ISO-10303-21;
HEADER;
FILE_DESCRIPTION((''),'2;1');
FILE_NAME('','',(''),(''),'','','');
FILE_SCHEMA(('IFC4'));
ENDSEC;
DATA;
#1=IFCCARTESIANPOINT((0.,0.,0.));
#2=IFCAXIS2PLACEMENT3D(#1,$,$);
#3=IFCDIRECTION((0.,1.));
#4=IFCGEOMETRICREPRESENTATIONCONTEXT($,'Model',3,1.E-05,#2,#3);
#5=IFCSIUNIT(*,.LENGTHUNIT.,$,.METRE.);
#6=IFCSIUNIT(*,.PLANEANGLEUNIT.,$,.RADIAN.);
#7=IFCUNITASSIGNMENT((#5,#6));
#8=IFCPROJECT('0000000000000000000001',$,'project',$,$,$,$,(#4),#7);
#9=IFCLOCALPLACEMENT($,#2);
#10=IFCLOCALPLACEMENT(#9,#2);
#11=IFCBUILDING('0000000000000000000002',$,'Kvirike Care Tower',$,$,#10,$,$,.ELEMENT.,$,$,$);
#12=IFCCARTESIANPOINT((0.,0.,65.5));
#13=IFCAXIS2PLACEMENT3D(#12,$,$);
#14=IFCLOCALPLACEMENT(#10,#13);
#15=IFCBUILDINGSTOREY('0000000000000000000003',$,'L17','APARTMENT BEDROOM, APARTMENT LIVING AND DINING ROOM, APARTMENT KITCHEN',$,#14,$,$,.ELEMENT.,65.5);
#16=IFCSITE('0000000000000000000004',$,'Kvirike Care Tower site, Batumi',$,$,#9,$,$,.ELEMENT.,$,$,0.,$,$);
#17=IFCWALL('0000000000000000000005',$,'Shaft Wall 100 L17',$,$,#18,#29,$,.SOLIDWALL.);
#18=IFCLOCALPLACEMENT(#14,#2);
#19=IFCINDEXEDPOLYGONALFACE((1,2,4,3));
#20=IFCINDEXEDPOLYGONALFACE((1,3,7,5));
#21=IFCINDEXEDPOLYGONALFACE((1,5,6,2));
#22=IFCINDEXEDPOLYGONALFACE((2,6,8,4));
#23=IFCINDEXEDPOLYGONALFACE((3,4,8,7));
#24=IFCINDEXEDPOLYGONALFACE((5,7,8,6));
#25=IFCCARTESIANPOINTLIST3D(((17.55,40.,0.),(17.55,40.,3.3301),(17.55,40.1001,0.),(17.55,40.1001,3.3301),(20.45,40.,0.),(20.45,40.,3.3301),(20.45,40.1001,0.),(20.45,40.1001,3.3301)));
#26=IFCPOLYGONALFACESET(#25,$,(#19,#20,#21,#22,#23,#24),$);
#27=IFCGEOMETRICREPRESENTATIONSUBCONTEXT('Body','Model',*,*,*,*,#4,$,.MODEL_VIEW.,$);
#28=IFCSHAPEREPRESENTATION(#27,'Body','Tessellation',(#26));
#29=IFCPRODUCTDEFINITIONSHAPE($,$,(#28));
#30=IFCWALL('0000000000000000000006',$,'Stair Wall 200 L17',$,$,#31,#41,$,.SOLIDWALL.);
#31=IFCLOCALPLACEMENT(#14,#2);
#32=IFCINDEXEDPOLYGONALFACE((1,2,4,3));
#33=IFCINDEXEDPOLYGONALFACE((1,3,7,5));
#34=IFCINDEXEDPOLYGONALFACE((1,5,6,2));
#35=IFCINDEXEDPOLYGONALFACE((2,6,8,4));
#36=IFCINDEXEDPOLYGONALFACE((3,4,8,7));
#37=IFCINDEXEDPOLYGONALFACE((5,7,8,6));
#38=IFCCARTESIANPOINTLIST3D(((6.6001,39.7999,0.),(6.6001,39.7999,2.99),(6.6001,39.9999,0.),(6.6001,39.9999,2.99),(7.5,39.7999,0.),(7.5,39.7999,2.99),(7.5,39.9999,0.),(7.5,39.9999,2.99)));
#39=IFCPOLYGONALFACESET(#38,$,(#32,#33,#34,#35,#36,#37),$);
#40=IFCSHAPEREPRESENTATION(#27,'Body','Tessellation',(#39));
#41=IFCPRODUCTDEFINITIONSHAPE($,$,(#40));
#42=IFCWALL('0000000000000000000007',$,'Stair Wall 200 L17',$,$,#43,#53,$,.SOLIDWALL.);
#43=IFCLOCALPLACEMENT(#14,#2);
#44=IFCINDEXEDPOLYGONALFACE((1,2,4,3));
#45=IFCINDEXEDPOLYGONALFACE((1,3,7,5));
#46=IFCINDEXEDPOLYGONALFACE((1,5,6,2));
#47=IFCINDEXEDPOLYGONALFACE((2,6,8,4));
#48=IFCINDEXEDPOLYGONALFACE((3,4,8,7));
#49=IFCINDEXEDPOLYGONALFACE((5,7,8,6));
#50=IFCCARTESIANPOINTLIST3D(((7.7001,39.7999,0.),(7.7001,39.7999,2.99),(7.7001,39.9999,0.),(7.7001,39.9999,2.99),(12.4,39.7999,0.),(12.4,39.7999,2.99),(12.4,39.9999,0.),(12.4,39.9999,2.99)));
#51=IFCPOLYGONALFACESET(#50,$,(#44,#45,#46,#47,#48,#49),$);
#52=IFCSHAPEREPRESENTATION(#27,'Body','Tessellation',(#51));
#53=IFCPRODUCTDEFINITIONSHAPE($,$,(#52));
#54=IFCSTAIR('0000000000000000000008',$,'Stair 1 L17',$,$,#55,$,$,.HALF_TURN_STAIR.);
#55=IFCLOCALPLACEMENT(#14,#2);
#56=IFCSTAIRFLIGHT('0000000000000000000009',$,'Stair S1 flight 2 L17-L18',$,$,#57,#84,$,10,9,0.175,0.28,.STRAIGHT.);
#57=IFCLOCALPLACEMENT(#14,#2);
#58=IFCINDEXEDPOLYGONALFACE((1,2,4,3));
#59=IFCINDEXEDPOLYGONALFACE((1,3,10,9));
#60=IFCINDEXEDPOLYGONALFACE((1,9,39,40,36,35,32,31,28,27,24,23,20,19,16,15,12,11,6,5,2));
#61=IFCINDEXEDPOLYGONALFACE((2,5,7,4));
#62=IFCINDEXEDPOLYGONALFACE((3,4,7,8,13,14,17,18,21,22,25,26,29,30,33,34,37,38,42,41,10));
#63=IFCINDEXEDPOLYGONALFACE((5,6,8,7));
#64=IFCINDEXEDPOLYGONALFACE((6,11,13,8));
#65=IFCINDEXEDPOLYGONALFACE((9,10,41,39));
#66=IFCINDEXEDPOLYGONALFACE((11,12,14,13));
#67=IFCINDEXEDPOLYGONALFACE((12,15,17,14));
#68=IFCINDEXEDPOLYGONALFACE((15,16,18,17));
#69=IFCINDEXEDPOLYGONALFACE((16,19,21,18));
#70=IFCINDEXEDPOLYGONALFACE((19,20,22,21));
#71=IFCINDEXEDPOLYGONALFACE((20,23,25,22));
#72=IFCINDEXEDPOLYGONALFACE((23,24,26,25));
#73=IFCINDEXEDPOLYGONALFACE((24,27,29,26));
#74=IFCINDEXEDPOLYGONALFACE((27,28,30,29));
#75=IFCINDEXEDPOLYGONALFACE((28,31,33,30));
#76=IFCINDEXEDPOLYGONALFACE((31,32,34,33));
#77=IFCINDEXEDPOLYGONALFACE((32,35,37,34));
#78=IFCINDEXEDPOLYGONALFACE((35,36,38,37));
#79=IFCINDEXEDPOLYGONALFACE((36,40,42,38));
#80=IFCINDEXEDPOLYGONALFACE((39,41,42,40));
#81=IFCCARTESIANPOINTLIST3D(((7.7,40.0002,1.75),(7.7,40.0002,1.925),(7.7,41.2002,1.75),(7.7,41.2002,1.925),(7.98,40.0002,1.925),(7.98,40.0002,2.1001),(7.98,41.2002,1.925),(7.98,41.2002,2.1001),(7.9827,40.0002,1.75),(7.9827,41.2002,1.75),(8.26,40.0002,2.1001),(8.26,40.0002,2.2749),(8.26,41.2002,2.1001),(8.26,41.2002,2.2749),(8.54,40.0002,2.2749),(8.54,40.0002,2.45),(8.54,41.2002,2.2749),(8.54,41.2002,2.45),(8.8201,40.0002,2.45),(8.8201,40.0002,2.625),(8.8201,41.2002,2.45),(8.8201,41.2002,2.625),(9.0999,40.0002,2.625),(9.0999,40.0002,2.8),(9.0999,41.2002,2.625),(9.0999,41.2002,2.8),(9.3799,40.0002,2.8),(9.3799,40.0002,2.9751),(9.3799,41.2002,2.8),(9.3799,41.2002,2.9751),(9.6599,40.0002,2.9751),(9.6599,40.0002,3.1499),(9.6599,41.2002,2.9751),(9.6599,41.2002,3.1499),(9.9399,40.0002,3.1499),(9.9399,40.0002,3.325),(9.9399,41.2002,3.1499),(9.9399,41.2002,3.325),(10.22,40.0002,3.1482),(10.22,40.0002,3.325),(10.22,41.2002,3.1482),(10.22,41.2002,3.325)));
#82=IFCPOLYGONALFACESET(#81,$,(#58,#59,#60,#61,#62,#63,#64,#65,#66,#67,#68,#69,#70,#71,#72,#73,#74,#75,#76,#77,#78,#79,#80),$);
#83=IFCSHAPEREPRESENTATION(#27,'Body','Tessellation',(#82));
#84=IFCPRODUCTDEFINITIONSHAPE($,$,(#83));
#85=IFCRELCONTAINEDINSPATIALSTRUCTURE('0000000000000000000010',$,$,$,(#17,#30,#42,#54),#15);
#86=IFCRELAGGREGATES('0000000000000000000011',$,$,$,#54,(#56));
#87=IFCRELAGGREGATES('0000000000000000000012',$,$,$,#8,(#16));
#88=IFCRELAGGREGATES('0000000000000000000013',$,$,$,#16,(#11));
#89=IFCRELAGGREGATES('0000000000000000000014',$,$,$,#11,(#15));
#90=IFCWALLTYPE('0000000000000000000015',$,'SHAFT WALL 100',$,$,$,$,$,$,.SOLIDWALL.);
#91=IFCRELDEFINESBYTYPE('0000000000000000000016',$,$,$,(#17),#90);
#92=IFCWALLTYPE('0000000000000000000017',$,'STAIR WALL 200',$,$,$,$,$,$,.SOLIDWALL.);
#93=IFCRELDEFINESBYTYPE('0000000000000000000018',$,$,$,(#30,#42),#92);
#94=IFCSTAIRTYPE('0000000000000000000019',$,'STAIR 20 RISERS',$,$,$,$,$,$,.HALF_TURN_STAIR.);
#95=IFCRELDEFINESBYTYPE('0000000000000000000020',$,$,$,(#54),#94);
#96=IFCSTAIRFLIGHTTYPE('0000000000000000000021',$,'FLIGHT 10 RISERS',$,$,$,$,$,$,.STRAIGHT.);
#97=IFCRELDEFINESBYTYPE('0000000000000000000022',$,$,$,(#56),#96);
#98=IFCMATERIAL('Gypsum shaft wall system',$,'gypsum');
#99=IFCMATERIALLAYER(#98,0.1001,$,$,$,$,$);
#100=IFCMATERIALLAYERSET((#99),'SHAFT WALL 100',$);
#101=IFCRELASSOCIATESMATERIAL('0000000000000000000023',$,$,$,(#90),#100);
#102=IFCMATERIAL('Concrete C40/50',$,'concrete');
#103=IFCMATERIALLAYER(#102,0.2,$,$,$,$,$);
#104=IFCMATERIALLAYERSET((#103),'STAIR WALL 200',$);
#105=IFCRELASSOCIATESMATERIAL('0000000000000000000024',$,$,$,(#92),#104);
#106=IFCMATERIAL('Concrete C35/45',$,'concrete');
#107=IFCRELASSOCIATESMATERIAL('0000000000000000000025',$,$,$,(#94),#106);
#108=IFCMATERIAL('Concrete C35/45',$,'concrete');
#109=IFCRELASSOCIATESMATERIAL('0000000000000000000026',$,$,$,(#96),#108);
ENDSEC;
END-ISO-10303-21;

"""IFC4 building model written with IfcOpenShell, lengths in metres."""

from ifc_helpers import new_model, si_unit, direction, frame, frame_2d, origin, place, context, subcontext, project, spatial, polyline, rectangle, outline, extrude, material, layer, layer_set, type_object, element, aggregate, save


model = new_model("IFC4")

# Units and contexts
model_context = context("Model", 3, precision=1e-05, world=origin(), true_north=direction((0.0, 1.0)))
body_context = subcontext(model_context, "Body", "Model", "MODEL_VIEW")
ifc_project = project(units=[si_unit("LENGTHUNIT", "METRE"), si_unit("PLANEANGLEUNIT", "RADIAN")], contexts=[model_context])

# Site, building, storey
site_placement = place(None, origin())
site = spatial("IfcSite", under=ifc_project, at=site_placement, Name="Kvirike Care Tower site, Batumi", CompositionType="ELEMENT", RefElevation=0.0)
building_placement = place(site_placement, origin())
building = spatial("IfcBuilding", under=site, at=building_placement, Name="Kvirike Care Tower", CompositionType="ELEMENT")
storey_placement = place(building_placement, frame((0.0, 0.0, 65.5)))
storey = spatial("IfcBuildingStorey", under=building, at=storey_placement, Name="L17", Description="APARTMENT BEDROOM, APARTMENT LIVING AND DINING ROOM, APARTMENT KITCHEN", CompositionType="ELEMENT", Elevation=65.5)

# Shared definitions
ifc_material_1 = material(Name="Gypsum shaft wall system", Category="gypsum")
ifc_layer_1 = layer(ifc_material_1, 0.1001)
ifc_layer_set_1 = layer_set([ifc_layer_1], Name="SHAFT WALL 100")
wall_type_1 = type_object("IfcWallType", Name="SHAFT WALL 100", PredefinedType="SOLIDWALL", material=ifc_layer_set_1)

# Walls
wall_1_placement = place(storey_placement, frame((17.55, 40.05, 0.0), z_axis=(0.0, 0.0, 1.0), x_axis=(1.0, 0.0, 0.0)))
element("IfcWall", 1, at=wall_1_placement, inside=storey, type_object=wall_type_1, Name="Shaft Wall 100 L17", PredefinedType="SOLIDWALL", context=body_context, shape_type="SweptSolid", body=[
    extrude(rectangle(XDim=2.8999, YDim=0.1001, at=frame_2d((1.45, 0.0))), origin(), (0.0, 0.0, 1.0), 3.3301),
])
ifc_material_2 = material(Name="Concrete C40/50", Category="concrete")
ifc_layer_2 = layer(ifc_material_2, 0.2)
ifc_layer_set_2 = layer_set([ifc_layer_2], Name="STAIR WALL 200")
wall_type_2 = type_object("IfcWallType", Name="STAIR WALL 200", PredefinedType="SOLIDWALL", material=ifc_layer_set_2)
wall_2_placement = place(storey_placement, frame((6.6001, 39.8999, 0.0), z_axis=(0.0, 0.0, 1.0), x_axis=(1.0, 0.0, 0.0)))
element("IfcWall", 2, at=wall_2_placement, inside=storey, type_object=wall_type_2, Name="Stair Wall 200 L17", PredefinedType="SOLIDWALL", context=body_context, shape_type="SweptSolid", body=[
    extrude(rectangle(XDim=0.8999, YDim=0.2, at=frame_2d((0.45, 0.0))), origin(), (0.0, 0.0, 1.0), 2.99),
])
wall_3_placement = place(storey_placement, frame((7.7, 39.8999, 0.0), z_axis=(0.0, 0.0, 1.0), x_axis=(1.0, 0.0, 0.0)))
element("IfcWall", 3, at=wall_3_placement, inside=storey, type_object=wall_type_2, Name="Stair Wall 200 L17", PredefinedType="SOLIDWALL", context=body_context, shape_type="SweptSolid", body=[
    extrude(rectangle(XDim=4.7, YDim=0.2, at=frame_2d((2.3501, 0.0))), origin(), (0.0, 0.0, 1.0), 2.99),
])

# Stair, stair flight
ifc_material_3 = material(Name="Concrete C35/45", Category="concrete")
stair_type = type_object("IfcStairType", Name="STAIR 20 RISERS", PredefinedType="HALF_TURN_STAIR", material=ifc_material_3)
stair_placement = place(storey_placement, origin())
stair = element("IfcStair", 4, at=stair_placement, inside=storey, type_object=stair_type, Name="Stair 1 L17", PredefinedType="HALF_TURN_STAIR")
ifc_material_4 = material(Name="Concrete C35/45", Category="concrete")
stair_flight_type = type_object("IfcStairFlightType", Name="FLIGHT 10 RISERS", PredefinedType="STRAIGHT", material=ifc_material_4)
stair_flight_placement = place(storey_placement, frame((7.7, 40.6001, 1.75), z_axis=(0.0, 0.0, 1.0), x_axis=(1.0, 0.0, 0.0)))
stair_flight = element("IfcStairFlight", 5, at=stair_flight_placement, type_object=stair_flight_type, Name="Stair S1 flight 2 L17-L18", NumberOfRisers=10, NumberOfTreads=9, PredefinedType="STRAIGHT", RiserHeight=0.175, TreadLength=0.28, context=body_context, shape_type="SweptSolid", body=[
    extrude(outline(polyline([(0.0, 0.0), (0.0, 0.175), (0.28, 0.175), (0.28, 0.3501), (0.5601, 0.3501), (0.5601, 0.5249), (0.8401, 0.5249), (0.8401, 0.7), (1.1201, 0.7), (1.1201, 0.875), (1.3999, 0.875), (1.3999, 1.05), (1.6799, 1.05), (1.6799, 1.2251), (1.96, 1.2251), (1.96, 1.3999), (2.24, 1.3999), (2.24, 1.575), (2.52, 1.575), (2.52, 1.75), (2.52, 1.3982), (0.2827, 0.0), (0.0, 0.0)])), frame((0.0, 0.6001, 0.0), z_axis=(0.0, -1.0, 0.0), x_axis=(1.0, 0.0, 0.0)), (0.0, 0.0, 1.0), 1.2),
])
aggregate(stair, [stair_flight])

save(model, "model.ifc")
